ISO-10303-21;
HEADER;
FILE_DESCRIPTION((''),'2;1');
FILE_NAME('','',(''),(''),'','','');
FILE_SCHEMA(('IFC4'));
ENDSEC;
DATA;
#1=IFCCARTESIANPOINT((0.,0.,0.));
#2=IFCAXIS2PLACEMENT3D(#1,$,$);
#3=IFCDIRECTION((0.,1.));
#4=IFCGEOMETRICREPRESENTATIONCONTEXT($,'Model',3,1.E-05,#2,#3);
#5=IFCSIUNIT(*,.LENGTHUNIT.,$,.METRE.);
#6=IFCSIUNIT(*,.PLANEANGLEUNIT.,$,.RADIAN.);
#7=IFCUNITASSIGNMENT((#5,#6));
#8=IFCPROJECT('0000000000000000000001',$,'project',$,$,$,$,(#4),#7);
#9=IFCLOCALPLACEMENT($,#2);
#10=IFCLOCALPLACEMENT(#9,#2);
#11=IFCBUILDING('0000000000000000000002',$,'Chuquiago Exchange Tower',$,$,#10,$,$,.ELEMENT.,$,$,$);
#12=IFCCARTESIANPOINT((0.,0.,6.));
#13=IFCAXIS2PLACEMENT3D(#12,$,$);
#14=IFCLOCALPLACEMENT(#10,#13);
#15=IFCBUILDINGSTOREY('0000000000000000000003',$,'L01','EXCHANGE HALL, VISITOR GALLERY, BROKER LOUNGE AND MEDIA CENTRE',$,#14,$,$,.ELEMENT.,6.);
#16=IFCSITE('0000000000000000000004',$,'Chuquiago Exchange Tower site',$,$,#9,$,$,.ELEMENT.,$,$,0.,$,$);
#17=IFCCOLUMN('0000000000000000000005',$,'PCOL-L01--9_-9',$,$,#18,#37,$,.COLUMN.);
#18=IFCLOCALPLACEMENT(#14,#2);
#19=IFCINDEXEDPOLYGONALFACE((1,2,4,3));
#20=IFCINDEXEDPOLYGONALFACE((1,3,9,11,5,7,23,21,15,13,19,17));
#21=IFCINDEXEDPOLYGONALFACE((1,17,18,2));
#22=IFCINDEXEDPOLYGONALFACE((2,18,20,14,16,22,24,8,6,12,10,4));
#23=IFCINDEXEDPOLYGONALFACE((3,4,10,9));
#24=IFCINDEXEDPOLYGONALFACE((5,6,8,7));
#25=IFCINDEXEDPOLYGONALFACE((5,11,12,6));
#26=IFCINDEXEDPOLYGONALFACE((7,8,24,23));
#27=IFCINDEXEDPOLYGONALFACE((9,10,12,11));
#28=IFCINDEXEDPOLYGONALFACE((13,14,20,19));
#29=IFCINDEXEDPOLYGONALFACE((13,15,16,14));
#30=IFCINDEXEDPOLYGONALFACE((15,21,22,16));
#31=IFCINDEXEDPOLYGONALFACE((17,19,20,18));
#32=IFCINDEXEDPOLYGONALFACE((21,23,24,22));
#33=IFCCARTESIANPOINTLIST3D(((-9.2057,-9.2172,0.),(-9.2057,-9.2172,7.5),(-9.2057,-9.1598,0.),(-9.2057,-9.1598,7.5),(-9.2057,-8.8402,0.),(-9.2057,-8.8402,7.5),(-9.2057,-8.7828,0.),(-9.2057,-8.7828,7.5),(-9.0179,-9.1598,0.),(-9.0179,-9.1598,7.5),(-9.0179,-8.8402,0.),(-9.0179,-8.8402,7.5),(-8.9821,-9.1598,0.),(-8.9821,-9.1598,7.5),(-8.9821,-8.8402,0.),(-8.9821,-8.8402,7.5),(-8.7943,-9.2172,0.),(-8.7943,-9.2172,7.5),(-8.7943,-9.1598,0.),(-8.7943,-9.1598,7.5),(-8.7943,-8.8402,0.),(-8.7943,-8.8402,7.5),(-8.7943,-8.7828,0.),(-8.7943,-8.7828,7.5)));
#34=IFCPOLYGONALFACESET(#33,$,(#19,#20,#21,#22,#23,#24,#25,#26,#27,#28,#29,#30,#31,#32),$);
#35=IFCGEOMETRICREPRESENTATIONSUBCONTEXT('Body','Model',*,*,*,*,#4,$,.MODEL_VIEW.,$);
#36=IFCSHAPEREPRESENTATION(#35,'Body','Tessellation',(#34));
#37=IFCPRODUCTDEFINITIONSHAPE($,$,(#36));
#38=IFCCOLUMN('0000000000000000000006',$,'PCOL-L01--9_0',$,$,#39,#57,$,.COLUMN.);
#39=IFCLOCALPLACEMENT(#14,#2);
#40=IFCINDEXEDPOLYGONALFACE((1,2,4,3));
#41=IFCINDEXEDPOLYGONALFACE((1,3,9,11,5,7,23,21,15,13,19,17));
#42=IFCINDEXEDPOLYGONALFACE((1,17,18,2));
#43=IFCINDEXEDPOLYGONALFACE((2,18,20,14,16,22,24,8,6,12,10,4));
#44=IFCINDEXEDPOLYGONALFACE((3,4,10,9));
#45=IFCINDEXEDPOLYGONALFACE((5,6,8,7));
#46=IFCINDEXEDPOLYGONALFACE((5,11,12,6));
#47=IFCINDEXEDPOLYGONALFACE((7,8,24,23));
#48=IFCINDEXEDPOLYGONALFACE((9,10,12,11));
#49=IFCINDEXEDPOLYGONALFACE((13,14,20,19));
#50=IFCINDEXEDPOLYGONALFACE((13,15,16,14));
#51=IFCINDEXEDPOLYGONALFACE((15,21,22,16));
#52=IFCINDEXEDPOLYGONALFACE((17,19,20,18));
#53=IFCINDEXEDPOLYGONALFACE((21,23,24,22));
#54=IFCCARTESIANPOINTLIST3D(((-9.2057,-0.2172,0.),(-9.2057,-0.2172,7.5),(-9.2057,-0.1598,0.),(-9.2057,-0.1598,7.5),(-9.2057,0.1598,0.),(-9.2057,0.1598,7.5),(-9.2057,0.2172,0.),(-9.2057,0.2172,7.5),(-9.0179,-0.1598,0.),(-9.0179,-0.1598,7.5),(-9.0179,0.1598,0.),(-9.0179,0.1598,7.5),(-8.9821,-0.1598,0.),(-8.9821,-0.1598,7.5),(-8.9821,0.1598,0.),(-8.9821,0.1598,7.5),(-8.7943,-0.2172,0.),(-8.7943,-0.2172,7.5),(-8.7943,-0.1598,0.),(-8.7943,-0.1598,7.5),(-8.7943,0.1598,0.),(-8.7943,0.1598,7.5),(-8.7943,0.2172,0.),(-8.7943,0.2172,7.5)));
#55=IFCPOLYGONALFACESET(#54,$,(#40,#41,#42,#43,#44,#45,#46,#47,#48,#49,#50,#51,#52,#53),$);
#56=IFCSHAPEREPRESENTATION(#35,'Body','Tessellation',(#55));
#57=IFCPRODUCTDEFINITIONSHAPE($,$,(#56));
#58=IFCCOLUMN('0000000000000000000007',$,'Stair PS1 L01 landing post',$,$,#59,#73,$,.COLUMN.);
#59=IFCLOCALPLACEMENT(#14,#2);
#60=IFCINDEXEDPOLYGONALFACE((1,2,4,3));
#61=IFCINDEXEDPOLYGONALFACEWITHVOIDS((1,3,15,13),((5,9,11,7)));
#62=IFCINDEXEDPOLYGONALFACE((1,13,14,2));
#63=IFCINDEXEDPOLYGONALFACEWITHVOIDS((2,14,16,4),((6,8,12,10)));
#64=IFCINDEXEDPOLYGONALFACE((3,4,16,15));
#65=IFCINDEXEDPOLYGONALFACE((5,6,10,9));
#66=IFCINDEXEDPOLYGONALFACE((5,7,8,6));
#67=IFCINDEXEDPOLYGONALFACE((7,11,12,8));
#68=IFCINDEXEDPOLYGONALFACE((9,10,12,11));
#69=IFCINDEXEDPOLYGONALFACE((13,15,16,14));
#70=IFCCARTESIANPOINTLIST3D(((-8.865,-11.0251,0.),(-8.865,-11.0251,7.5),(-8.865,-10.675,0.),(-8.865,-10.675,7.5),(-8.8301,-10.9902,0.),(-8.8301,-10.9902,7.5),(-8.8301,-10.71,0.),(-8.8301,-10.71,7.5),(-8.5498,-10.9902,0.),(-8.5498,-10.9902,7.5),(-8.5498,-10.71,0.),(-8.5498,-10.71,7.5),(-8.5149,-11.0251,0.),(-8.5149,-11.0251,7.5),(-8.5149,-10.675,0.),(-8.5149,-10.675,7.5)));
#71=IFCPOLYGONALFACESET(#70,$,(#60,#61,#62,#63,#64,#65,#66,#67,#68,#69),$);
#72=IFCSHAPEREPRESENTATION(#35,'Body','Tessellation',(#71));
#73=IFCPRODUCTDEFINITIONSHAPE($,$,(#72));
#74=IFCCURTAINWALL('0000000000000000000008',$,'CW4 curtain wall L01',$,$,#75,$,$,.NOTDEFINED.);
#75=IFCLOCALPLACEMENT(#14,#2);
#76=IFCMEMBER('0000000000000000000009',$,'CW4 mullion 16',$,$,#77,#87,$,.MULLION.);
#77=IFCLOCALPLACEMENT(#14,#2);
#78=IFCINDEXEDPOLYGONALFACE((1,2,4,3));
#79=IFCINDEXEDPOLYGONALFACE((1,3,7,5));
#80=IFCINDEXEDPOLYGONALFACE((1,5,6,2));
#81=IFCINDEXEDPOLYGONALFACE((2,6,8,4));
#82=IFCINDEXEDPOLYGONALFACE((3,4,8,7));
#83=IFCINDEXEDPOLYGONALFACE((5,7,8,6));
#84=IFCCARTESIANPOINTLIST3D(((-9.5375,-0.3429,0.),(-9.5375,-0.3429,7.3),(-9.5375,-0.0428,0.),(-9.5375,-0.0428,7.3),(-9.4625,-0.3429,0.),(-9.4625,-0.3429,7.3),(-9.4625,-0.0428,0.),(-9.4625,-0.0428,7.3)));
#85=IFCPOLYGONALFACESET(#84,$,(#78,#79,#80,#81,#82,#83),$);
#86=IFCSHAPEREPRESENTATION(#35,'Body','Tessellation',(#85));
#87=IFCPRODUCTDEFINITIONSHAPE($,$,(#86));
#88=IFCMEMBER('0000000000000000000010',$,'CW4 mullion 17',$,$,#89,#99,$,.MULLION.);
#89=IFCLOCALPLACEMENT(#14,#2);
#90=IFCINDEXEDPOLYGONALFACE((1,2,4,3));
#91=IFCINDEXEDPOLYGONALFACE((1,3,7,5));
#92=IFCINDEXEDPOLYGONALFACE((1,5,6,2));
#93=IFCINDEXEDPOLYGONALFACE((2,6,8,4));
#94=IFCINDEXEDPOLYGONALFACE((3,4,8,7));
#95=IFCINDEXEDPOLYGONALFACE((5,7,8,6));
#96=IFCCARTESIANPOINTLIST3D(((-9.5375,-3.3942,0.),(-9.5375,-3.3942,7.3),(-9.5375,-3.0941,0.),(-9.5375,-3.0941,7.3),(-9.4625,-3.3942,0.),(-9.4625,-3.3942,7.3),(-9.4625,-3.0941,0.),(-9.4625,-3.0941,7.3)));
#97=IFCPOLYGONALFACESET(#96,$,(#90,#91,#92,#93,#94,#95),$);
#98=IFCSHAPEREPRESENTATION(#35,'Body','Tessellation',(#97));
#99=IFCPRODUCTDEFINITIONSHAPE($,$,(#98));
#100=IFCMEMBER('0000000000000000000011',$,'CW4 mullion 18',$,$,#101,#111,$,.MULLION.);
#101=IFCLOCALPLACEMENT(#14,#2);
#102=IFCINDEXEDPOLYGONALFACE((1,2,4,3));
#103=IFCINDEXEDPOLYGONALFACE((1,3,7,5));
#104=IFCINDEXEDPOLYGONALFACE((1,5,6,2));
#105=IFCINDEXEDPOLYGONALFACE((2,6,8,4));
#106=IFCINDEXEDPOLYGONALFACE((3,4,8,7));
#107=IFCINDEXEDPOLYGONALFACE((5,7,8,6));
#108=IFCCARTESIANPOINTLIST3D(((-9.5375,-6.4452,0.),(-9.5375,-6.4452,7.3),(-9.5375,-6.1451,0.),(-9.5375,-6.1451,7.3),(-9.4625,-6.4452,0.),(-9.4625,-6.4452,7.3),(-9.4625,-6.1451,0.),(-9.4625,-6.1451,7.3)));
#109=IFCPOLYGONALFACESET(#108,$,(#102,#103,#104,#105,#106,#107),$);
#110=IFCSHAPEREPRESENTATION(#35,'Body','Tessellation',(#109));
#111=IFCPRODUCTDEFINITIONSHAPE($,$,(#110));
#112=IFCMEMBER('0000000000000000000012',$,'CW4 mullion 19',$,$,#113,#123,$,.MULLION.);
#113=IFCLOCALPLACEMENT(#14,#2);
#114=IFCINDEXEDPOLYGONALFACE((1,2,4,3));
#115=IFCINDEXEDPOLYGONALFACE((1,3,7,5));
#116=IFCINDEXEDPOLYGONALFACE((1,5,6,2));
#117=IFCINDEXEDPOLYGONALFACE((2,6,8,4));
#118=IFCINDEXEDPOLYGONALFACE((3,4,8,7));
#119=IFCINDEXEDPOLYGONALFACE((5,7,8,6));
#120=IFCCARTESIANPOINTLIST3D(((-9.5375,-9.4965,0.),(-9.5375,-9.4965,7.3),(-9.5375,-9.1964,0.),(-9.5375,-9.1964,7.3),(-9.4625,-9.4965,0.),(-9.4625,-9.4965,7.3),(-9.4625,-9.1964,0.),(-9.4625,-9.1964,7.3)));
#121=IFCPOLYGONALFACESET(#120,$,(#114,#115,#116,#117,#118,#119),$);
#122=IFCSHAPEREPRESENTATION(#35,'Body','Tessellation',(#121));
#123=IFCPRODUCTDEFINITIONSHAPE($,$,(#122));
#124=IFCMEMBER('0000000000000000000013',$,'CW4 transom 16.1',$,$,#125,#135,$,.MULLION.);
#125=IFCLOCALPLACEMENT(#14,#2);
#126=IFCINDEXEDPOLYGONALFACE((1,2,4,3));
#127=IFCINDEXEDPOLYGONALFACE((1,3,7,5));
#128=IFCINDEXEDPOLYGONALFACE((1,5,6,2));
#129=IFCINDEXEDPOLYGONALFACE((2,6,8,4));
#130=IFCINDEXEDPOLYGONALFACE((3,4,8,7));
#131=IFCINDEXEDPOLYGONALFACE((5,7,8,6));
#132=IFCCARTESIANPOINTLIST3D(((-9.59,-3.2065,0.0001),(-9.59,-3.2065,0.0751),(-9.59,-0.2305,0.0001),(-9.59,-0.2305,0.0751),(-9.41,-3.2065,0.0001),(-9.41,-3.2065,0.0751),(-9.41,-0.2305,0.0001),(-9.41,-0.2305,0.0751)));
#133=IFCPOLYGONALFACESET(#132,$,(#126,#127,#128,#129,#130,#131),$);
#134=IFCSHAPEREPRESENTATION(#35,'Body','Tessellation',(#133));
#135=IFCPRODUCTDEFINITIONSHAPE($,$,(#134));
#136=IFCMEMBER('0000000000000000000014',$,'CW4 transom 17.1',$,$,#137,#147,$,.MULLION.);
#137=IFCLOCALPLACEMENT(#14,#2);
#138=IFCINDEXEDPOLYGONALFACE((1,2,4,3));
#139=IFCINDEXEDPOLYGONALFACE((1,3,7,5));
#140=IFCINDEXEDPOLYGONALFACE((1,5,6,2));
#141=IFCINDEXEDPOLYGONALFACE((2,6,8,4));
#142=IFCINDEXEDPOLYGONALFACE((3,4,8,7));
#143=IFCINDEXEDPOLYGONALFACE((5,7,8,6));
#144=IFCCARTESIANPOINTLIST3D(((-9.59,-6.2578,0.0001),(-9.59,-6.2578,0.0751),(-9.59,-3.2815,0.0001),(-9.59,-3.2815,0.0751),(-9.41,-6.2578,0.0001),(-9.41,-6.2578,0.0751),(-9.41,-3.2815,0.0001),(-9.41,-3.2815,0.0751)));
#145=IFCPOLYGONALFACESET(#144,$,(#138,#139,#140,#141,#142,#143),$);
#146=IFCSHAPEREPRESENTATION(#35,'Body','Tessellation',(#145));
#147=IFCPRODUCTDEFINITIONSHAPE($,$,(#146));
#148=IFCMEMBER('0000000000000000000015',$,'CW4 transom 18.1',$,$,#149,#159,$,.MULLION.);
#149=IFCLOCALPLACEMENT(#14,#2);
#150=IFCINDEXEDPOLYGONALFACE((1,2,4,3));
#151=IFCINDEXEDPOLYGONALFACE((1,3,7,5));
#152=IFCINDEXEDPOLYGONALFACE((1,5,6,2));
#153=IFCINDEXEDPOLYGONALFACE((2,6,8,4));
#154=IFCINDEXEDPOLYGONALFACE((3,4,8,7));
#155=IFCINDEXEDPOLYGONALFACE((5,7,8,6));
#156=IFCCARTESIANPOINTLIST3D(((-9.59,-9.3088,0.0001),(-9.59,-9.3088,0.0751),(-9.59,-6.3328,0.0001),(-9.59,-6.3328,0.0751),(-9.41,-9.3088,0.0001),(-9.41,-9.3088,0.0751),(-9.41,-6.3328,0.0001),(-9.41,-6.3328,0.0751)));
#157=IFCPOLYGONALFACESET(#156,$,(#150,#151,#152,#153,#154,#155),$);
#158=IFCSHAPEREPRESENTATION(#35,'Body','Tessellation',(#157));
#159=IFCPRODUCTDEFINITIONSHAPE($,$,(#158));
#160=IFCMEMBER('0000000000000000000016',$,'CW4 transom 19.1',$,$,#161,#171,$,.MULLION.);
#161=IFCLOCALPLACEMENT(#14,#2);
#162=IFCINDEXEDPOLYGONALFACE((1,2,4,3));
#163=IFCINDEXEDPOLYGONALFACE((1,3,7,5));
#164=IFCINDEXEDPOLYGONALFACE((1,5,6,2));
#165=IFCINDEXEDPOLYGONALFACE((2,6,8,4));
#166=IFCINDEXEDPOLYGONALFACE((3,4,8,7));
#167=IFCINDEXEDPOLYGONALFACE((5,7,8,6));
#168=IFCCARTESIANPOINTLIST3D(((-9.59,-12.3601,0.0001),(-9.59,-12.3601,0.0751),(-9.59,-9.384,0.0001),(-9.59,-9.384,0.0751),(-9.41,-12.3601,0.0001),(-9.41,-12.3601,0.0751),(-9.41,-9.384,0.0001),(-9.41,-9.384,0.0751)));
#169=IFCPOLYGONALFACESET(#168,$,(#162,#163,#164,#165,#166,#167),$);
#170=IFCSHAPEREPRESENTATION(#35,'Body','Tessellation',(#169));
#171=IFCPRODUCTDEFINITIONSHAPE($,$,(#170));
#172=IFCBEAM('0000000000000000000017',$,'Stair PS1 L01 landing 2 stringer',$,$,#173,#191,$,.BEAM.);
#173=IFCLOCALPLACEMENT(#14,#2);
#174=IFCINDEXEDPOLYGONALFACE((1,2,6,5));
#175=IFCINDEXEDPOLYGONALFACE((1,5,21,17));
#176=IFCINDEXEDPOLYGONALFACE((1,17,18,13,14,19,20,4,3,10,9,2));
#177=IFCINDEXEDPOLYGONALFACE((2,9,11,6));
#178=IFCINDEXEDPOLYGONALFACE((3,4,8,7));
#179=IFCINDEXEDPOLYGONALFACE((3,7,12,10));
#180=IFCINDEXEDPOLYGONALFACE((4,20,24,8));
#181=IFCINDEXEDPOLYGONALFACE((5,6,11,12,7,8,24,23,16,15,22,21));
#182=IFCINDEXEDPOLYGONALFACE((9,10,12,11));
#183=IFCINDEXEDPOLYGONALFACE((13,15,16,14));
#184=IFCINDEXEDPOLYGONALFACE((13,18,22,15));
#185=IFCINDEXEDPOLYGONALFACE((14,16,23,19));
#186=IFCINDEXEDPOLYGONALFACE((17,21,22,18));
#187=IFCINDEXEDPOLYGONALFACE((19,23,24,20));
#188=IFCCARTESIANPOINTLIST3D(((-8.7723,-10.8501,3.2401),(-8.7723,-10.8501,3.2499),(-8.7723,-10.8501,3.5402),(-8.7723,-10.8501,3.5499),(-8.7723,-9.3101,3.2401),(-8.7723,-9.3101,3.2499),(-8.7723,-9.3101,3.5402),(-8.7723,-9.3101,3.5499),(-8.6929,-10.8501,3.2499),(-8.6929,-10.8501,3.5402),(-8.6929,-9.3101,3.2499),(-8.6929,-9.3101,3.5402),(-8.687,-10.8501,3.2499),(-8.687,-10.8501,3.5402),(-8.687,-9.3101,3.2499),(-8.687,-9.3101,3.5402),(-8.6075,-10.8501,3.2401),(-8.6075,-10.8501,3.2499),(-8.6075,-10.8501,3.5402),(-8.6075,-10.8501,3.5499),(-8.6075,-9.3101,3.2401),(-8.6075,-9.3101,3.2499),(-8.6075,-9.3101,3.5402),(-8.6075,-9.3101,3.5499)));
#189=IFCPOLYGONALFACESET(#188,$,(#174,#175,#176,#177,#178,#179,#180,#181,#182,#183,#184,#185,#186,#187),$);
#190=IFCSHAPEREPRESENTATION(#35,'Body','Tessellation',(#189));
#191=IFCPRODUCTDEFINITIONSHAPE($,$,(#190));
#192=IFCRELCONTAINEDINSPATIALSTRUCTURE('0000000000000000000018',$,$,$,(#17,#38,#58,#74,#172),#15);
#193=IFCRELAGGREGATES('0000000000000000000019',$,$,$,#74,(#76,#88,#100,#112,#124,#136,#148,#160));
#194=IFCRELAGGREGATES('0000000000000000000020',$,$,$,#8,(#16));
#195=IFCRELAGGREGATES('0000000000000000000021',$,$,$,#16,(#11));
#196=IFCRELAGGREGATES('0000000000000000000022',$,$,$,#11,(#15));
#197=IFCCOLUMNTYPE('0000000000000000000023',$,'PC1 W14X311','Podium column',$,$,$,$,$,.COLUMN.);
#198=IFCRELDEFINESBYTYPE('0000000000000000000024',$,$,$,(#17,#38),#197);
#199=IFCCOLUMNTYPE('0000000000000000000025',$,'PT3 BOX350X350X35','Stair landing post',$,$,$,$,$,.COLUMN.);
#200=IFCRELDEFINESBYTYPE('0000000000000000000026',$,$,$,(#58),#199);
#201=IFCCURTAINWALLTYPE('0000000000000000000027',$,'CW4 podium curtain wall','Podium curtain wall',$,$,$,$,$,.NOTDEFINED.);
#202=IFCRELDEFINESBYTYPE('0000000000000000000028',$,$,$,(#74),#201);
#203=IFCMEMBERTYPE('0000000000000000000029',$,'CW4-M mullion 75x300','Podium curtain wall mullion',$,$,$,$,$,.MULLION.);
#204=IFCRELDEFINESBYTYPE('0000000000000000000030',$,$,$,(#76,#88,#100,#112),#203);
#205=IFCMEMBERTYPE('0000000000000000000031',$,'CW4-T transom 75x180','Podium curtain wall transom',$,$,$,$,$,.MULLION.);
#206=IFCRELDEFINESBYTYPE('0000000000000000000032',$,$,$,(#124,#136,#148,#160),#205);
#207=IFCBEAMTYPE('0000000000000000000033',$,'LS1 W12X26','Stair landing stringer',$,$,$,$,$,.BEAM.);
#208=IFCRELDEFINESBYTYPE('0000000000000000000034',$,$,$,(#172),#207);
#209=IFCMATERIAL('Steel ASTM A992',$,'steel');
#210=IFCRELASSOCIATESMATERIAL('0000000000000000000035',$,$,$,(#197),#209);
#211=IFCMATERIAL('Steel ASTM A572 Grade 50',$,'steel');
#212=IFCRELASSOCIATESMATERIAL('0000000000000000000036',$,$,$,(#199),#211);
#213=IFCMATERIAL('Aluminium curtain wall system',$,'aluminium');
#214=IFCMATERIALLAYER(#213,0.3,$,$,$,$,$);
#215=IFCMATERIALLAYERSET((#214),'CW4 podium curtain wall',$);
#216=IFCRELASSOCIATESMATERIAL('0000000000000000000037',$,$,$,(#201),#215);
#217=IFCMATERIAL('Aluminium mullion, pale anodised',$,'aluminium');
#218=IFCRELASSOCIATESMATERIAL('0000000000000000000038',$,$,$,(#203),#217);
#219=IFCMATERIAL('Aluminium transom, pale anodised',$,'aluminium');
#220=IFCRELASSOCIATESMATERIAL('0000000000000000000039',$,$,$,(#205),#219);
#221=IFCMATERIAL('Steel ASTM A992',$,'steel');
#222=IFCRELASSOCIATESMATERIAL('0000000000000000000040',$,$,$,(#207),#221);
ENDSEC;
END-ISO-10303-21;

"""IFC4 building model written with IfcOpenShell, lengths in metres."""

from ifc_helpers import new_model, si_unit, direction, frame, origin, origin_2d, place, context, subcontext, project, spatial, rectangle, hollow_rectangle, i_section, extrude, material, layer, layer_set, material_profile, profile_set, type_object, element, aggregate, save


model = new_model("IFC4")

# Units and contexts
model_context = context("Model", 3, precision=1e-05, world=origin(), true_north=direction((0.0, 1.0)))
body_context = subcontext(model_context, "Body", "Model", "MODEL_VIEW")
ifc_project = project(units=[si_unit("LENGTHUNIT", "METRE"), si_unit("PLANEANGLEUNIT", "RADIAN")], contexts=[model_context])

# Site, building, storey
site_placement = place(None, origin())
site = spatial("IfcSite", under=ifc_project, at=site_placement, Name="Chuquiago Exchange Tower site", CompositionType="ELEMENT", RefElevation=0.0)
building_placement = place(site_placement, origin())
building = spatial("IfcBuilding", under=site, at=building_placement, Name="Chuquiago Exchange Tower", CompositionType="ELEMENT")
storey_placement = place(building_placement, frame((0.0, 0.0, 6.0)))
storey = spatial("IfcBuildingStorey", under=building, at=storey_placement, Name="L01", Description="EXCHANGE HALL, VISITOR GALLERY, BROKER LOUNGE AND MEDIA CENTRE", CompositionType="ELEMENT", Elevation=6.0)

# Columns
ifc_material_1 = material(Name="Steel ASTM A992", Category="steel")
ifc_material_profile_1 = material_profile(ifc_material_1, i_section(OverallWidth=0.4114, OverallDepth=0.4343, WebThickness=0.0359, FlangeThickness=0.0574, at=origin_2d()), Name="W14X311")
ifc_profile_set_1 = profile_set([ifc_material_profile_1], Name="Steel ASTM A992")
column_type_1 = type_object("IfcColumnType", Name="PC1 W14X311", Description="Podium column", PredefinedType="COLUMN", material=ifc_profile_set_1)
for number, where, z_axis, x_axis, name in (
    (1, (-9.0, -9.0, 0.0), (0.0, 0.0, 1.0), (1.0, 0.0, 0.0), "PCOL-L01--9_-9"),
    (2, (-9.0, 0.0, 0.0), (0.0, 0.0, 1.0), (1.0, 0.0, 0.0), "PCOL-L01--9_0"),
):
    element("IfcColumn", number, at=place(storey_placement, frame(where, z_axis=z_axis, x_axis=x_axis)), inside=storey, type_object=column_type_1, Name=name, PredefinedType="COLUMN", context=body_context, shape_type="SweptSolid", body=[
        extrude(i_section(OverallWidth=0.4114, OverallDepth=0.4343, WebThickness=0.0359, FlangeThickness=0.0574, at=origin_2d()), origin(), (0.0, 0.0, 1.0), 7.5),
    ])
ifc_material_2 = material(Name="Steel ASTM A572 Grade 50", Category="steel")
ifc_material_profile_2 = material_profile(ifc_material_2, hollow_rectangle(XDim=0.3501, YDim=0.3501, WallThickness=0.0349, at=origin_2d()), Name="BOX350X350X35")
ifc_profile_set_2 = profile_set([ifc_material_profile_2], Name="Steel ASTM A572 Grade 50")
column_type_2 = type_object("IfcColumnType", Name="PT3 BOX350X350X35", Description="Stair landing post", PredefinedType="COLUMN", material=ifc_profile_set_2)
column_placement = place(storey_placement, frame((-8.6899, -10.8501, 0.0), z_axis=(0.0, 0.0, 1.0), x_axis=(1.0, 0.0, 0.0)))
element("IfcColumn", 3, at=column_placement, inside=storey, type_object=column_type_2, Name="Stair PS1 L01 landing post", PredefinedType="COLUMN", context=body_context, shape_type="SweptSolid", body=[
    extrude(hollow_rectangle(XDim=0.3501, YDim=0.3501, WallThickness=0.0349, at=origin_2d()), origin(), (0.0, 0.0, 1.0), 7.5),
])

# Curtain wall, members
ifc_material_3 = material(Name="Aluminium curtain wall system", Category="aluminium")
ifc_layer_1 = layer(ifc_material_3, 0.3)
ifc_layer_set_1 = layer_set([ifc_layer_1], Name="CW4 podium curtain wall")
curtain_wall_type = type_object("IfcCurtainWallType", Name="CW4 podium curtain wall", Description="Podium curtain wall", PredefinedType="NOTDEFINED", material=ifc_layer_set_1)
curtain_wall_placement = place(storey_placement, origin())
curtain_wall = element("IfcCurtainWall", 4, at=curtain_wall_placement, inside=storey, type_object=curtain_wall_type, Name="CW4 curtain wall L01", PredefinedType="NOTDEFINED")
ifc_material_4 = material(Name="Aluminium mullion, pale anodised", Category="aluminium")
ifc_material_profile_3 = material_profile(ifc_material_4, rectangle(XDim=0.075, YDim=0.3, at=origin_2d()), Name="AL 75x300")
ifc_profile_set_3 = profile_set([ifc_material_profile_3], Name="Aluminium mullion, pale anodised")
member_type_1 = type_object("IfcMemberType", Name="CW4-M mullion 75x300", Description="Podium curtain wall mullion", PredefinedType="MULLION", material=ifc_profile_set_3)
member_1_placement = place(storey_placement, frame((-9.5, -0.1929, 0.0), z_axis=(0.0, 0.0, 1.0), x_axis=(1.0, 0.0, 0.0)))
member_1 = element("IfcMember", 5, at=member_1_placement, type_object=member_type_1, Name="CW4 mullion 16", PredefinedType="MULLION", context=body_context, shape_type="SweptSolid", body=[
    extrude(rectangle(XDim=0.075, YDim=0.3, at=origin_2d()), origin(), (0.0, 0.0, 1.0), 7.3),
])
member_2_placement = place(storey_placement, frame((-9.5, -3.2441, 0.0), z_axis=(0.0, 0.0, 1.0), x_axis=(1.0, 0.0, 0.0)))
member_2 = element("IfcMember", 6, at=member_2_placement, type_object=member_type_1, Name="CW4 mullion 17", PredefinedType="MULLION", context=body_context, shape_type="SweptSolid", body=[
    extrude(rectangle(XDim=0.075, YDim=0.3, at=origin_2d()), origin(), (0.0, 0.0, 1.0), 7.3),
])
member_3_placement = place(storey_placement, frame((-9.5, -6.2952, 0.0), z_axis=(0.0, 0.0, 1.0), x_axis=(1.0, 0.0, 0.0)))
member_3 = element("IfcMember", 7, at=member_3_placement, type_object=member_type_1, Name="CW4 mullion 18", PredefinedType="MULLION", context=body_context, shape_type="SweptSolid", body=[
    extrude(rectangle(XDim=0.075, YDim=0.3, at=origin_2d()), origin(), (0.0, 0.0, 1.0), 7.3),
])
member_4_placement = place(storey_placement, frame((-9.5, -9.3464, 0.0), z_axis=(0.0, 0.0, 1.0), x_axis=(1.0, 0.0, 0.0)))
member_4 = element("IfcMember", 8, at=member_4_placement, type_object=member_type_1, Name="CW4 mullion 19", PredefinedType="MULLION", context=body_context, shape_type="SweptSolid", body=[
    extrude(rectangle(XDim=0.075, YDim=0.3, at=origin_2d()), origin(), (0.0, 0.0, 1.0), 7.3),
])
ifc_material_5 = material(Name="Aluminium transom, pale anodised", Category="aluminium")
ifc_material_profile_4 = material_profile(ifc_material_5, rectangle(XDim=0.1799, YDim=0.075, at=origin_2d()), Name="AL 180x75")
ifc_profile_set_4 = profile_set([ifc_material_profile_4], Name="Aluminium transom, pale anodised")
member_type_2 = type_object("IfcMemberType", Name="CW4-T transom 75x180", Description="Podium curtain wall transom", PredefinedType="MULLION", material=ifc_profile_set_4)
member_5_placement = place(storey_placement, frame((-9.5, -0.2305, 0.0376), z_axis=(0.0, -1.0, 0.0), x_axis=(1.0, 0.0, 0.0)))
member_5 = element("IfcMember", 9, at=member_5_placement, type_object=member_type_2, Name="CW4 transom 16.1", PredefinedType="MULLION", context=body_context, shape_type="SweptSolid", body=[
    extrude(rectangle(XDim=0.1799, YDim=0.075, at=origin_2d()), origin(), (0.0, 0.0, 1.0), 2.9761),
])
member_6_placement = place(storey_placement, frame((-9.5, -3.2815, 0.0376), z_axis=(0.0, -1.0, 0.0), x_axis=(1.0, 0.0, 0.0)))
member_6 = element("IfcMember", 10, at=member_6_placement, type_object=member_type_2, Name="CW4 transom 17.1", PredefinedType="MULLION", context=body_context, shape_type="SweptSolid", body=[
    extrude(rectangle(XDim=0.1799, YDim=0.075, at=origin_2d()), origin(), (0.0, 0.0, 1.0), 2.9763),
])
member_7_placement = place(storey_placement, frame((-9.5, -6.3328, 0.0376), z_axis=(0.0, -1.0, 0.0), x_axis=(1.0, 0.0, 0.0)))
member_7 = element("IfcMember", 11, at=member_7_placement, type_object=member_type_2, Name="CW4 transom 18.1", PredefinedType="MULLION", context=body_context, shape_type="SweptSolid", body=[
    extrude(rectangle(XDim=0.1799, YDim=0.075, at=origin_2d()), origin(), (0.0, 0.0, 1.0), 2.9761),
])
member_8_placement = place(storey_placement, frame((-9.5, -9.384, 0.0376), z_axis=(0.0, -1.0, 0.0), x_axis=(1.0, 0.0, 0.0)))
member_8 = element("IfcMember", 12, at=member_8_placement, type_object=member_type_2, Name="CW4 transom 19.1", PredefinedType="MULLION", context=body_context, shape_type="SweptSolid", body=[
    extrude(rectangle(XDim=0.1799, YDim=0.075, at=origin_2d()), origin(), (0.0, 0.0, 1.0), 2.9761),
])

# Beam
ifc_material_6 = material(Name="Steel ASTM A992", Category="steel")
ifc_material_profile_5 = material_profile(ifc_material_6, i_section(OverallWidth=0.1648, OverallDepth=0.3098, WebThickness=0.0059, FlangeThickness=0.0098, at=origin_2d()), Name="W12X26")
ifc_profile_set_5 = profile_set([ifc_material_profile_5], Name="Steel ASTM A992")
beam_type_1 = type_object("IfcBeamType", Name="LS1 W12X26", Description="Stair landing stringer", PredefinedType="BEAM", material=ifc_profile_set_5)
beam_1_placement = place(storey_placement, frame((-8.6899, -10.8501, 3.395), z_axis=(0.0, 1.0, 0.0), x_axis=(-1.0, 0.0, 0.0)))
element("IfcBeam", 13, at=beam_1_placement, inside=storey, type_object=beam_type_1, Name="Stair PS1 L01 landing 2 stringer", PredefinedType="BEAM", context=body_context, shape_type="SweptSolid", body=[
    extrude(i_section(OverallWidth=0.1648, OverallDepth=0.3098, WebThickness=0.0059, FlangeThickness=0.0098, at=origin_2d()), origin(), (0.0, 0.0, 1.0), 1.54),
])

aggregate(curtain_wall, [member_1, member_2, member_3, member_4, member_5, member_6, member_7, member_8])

save(model, "model.ifc")
